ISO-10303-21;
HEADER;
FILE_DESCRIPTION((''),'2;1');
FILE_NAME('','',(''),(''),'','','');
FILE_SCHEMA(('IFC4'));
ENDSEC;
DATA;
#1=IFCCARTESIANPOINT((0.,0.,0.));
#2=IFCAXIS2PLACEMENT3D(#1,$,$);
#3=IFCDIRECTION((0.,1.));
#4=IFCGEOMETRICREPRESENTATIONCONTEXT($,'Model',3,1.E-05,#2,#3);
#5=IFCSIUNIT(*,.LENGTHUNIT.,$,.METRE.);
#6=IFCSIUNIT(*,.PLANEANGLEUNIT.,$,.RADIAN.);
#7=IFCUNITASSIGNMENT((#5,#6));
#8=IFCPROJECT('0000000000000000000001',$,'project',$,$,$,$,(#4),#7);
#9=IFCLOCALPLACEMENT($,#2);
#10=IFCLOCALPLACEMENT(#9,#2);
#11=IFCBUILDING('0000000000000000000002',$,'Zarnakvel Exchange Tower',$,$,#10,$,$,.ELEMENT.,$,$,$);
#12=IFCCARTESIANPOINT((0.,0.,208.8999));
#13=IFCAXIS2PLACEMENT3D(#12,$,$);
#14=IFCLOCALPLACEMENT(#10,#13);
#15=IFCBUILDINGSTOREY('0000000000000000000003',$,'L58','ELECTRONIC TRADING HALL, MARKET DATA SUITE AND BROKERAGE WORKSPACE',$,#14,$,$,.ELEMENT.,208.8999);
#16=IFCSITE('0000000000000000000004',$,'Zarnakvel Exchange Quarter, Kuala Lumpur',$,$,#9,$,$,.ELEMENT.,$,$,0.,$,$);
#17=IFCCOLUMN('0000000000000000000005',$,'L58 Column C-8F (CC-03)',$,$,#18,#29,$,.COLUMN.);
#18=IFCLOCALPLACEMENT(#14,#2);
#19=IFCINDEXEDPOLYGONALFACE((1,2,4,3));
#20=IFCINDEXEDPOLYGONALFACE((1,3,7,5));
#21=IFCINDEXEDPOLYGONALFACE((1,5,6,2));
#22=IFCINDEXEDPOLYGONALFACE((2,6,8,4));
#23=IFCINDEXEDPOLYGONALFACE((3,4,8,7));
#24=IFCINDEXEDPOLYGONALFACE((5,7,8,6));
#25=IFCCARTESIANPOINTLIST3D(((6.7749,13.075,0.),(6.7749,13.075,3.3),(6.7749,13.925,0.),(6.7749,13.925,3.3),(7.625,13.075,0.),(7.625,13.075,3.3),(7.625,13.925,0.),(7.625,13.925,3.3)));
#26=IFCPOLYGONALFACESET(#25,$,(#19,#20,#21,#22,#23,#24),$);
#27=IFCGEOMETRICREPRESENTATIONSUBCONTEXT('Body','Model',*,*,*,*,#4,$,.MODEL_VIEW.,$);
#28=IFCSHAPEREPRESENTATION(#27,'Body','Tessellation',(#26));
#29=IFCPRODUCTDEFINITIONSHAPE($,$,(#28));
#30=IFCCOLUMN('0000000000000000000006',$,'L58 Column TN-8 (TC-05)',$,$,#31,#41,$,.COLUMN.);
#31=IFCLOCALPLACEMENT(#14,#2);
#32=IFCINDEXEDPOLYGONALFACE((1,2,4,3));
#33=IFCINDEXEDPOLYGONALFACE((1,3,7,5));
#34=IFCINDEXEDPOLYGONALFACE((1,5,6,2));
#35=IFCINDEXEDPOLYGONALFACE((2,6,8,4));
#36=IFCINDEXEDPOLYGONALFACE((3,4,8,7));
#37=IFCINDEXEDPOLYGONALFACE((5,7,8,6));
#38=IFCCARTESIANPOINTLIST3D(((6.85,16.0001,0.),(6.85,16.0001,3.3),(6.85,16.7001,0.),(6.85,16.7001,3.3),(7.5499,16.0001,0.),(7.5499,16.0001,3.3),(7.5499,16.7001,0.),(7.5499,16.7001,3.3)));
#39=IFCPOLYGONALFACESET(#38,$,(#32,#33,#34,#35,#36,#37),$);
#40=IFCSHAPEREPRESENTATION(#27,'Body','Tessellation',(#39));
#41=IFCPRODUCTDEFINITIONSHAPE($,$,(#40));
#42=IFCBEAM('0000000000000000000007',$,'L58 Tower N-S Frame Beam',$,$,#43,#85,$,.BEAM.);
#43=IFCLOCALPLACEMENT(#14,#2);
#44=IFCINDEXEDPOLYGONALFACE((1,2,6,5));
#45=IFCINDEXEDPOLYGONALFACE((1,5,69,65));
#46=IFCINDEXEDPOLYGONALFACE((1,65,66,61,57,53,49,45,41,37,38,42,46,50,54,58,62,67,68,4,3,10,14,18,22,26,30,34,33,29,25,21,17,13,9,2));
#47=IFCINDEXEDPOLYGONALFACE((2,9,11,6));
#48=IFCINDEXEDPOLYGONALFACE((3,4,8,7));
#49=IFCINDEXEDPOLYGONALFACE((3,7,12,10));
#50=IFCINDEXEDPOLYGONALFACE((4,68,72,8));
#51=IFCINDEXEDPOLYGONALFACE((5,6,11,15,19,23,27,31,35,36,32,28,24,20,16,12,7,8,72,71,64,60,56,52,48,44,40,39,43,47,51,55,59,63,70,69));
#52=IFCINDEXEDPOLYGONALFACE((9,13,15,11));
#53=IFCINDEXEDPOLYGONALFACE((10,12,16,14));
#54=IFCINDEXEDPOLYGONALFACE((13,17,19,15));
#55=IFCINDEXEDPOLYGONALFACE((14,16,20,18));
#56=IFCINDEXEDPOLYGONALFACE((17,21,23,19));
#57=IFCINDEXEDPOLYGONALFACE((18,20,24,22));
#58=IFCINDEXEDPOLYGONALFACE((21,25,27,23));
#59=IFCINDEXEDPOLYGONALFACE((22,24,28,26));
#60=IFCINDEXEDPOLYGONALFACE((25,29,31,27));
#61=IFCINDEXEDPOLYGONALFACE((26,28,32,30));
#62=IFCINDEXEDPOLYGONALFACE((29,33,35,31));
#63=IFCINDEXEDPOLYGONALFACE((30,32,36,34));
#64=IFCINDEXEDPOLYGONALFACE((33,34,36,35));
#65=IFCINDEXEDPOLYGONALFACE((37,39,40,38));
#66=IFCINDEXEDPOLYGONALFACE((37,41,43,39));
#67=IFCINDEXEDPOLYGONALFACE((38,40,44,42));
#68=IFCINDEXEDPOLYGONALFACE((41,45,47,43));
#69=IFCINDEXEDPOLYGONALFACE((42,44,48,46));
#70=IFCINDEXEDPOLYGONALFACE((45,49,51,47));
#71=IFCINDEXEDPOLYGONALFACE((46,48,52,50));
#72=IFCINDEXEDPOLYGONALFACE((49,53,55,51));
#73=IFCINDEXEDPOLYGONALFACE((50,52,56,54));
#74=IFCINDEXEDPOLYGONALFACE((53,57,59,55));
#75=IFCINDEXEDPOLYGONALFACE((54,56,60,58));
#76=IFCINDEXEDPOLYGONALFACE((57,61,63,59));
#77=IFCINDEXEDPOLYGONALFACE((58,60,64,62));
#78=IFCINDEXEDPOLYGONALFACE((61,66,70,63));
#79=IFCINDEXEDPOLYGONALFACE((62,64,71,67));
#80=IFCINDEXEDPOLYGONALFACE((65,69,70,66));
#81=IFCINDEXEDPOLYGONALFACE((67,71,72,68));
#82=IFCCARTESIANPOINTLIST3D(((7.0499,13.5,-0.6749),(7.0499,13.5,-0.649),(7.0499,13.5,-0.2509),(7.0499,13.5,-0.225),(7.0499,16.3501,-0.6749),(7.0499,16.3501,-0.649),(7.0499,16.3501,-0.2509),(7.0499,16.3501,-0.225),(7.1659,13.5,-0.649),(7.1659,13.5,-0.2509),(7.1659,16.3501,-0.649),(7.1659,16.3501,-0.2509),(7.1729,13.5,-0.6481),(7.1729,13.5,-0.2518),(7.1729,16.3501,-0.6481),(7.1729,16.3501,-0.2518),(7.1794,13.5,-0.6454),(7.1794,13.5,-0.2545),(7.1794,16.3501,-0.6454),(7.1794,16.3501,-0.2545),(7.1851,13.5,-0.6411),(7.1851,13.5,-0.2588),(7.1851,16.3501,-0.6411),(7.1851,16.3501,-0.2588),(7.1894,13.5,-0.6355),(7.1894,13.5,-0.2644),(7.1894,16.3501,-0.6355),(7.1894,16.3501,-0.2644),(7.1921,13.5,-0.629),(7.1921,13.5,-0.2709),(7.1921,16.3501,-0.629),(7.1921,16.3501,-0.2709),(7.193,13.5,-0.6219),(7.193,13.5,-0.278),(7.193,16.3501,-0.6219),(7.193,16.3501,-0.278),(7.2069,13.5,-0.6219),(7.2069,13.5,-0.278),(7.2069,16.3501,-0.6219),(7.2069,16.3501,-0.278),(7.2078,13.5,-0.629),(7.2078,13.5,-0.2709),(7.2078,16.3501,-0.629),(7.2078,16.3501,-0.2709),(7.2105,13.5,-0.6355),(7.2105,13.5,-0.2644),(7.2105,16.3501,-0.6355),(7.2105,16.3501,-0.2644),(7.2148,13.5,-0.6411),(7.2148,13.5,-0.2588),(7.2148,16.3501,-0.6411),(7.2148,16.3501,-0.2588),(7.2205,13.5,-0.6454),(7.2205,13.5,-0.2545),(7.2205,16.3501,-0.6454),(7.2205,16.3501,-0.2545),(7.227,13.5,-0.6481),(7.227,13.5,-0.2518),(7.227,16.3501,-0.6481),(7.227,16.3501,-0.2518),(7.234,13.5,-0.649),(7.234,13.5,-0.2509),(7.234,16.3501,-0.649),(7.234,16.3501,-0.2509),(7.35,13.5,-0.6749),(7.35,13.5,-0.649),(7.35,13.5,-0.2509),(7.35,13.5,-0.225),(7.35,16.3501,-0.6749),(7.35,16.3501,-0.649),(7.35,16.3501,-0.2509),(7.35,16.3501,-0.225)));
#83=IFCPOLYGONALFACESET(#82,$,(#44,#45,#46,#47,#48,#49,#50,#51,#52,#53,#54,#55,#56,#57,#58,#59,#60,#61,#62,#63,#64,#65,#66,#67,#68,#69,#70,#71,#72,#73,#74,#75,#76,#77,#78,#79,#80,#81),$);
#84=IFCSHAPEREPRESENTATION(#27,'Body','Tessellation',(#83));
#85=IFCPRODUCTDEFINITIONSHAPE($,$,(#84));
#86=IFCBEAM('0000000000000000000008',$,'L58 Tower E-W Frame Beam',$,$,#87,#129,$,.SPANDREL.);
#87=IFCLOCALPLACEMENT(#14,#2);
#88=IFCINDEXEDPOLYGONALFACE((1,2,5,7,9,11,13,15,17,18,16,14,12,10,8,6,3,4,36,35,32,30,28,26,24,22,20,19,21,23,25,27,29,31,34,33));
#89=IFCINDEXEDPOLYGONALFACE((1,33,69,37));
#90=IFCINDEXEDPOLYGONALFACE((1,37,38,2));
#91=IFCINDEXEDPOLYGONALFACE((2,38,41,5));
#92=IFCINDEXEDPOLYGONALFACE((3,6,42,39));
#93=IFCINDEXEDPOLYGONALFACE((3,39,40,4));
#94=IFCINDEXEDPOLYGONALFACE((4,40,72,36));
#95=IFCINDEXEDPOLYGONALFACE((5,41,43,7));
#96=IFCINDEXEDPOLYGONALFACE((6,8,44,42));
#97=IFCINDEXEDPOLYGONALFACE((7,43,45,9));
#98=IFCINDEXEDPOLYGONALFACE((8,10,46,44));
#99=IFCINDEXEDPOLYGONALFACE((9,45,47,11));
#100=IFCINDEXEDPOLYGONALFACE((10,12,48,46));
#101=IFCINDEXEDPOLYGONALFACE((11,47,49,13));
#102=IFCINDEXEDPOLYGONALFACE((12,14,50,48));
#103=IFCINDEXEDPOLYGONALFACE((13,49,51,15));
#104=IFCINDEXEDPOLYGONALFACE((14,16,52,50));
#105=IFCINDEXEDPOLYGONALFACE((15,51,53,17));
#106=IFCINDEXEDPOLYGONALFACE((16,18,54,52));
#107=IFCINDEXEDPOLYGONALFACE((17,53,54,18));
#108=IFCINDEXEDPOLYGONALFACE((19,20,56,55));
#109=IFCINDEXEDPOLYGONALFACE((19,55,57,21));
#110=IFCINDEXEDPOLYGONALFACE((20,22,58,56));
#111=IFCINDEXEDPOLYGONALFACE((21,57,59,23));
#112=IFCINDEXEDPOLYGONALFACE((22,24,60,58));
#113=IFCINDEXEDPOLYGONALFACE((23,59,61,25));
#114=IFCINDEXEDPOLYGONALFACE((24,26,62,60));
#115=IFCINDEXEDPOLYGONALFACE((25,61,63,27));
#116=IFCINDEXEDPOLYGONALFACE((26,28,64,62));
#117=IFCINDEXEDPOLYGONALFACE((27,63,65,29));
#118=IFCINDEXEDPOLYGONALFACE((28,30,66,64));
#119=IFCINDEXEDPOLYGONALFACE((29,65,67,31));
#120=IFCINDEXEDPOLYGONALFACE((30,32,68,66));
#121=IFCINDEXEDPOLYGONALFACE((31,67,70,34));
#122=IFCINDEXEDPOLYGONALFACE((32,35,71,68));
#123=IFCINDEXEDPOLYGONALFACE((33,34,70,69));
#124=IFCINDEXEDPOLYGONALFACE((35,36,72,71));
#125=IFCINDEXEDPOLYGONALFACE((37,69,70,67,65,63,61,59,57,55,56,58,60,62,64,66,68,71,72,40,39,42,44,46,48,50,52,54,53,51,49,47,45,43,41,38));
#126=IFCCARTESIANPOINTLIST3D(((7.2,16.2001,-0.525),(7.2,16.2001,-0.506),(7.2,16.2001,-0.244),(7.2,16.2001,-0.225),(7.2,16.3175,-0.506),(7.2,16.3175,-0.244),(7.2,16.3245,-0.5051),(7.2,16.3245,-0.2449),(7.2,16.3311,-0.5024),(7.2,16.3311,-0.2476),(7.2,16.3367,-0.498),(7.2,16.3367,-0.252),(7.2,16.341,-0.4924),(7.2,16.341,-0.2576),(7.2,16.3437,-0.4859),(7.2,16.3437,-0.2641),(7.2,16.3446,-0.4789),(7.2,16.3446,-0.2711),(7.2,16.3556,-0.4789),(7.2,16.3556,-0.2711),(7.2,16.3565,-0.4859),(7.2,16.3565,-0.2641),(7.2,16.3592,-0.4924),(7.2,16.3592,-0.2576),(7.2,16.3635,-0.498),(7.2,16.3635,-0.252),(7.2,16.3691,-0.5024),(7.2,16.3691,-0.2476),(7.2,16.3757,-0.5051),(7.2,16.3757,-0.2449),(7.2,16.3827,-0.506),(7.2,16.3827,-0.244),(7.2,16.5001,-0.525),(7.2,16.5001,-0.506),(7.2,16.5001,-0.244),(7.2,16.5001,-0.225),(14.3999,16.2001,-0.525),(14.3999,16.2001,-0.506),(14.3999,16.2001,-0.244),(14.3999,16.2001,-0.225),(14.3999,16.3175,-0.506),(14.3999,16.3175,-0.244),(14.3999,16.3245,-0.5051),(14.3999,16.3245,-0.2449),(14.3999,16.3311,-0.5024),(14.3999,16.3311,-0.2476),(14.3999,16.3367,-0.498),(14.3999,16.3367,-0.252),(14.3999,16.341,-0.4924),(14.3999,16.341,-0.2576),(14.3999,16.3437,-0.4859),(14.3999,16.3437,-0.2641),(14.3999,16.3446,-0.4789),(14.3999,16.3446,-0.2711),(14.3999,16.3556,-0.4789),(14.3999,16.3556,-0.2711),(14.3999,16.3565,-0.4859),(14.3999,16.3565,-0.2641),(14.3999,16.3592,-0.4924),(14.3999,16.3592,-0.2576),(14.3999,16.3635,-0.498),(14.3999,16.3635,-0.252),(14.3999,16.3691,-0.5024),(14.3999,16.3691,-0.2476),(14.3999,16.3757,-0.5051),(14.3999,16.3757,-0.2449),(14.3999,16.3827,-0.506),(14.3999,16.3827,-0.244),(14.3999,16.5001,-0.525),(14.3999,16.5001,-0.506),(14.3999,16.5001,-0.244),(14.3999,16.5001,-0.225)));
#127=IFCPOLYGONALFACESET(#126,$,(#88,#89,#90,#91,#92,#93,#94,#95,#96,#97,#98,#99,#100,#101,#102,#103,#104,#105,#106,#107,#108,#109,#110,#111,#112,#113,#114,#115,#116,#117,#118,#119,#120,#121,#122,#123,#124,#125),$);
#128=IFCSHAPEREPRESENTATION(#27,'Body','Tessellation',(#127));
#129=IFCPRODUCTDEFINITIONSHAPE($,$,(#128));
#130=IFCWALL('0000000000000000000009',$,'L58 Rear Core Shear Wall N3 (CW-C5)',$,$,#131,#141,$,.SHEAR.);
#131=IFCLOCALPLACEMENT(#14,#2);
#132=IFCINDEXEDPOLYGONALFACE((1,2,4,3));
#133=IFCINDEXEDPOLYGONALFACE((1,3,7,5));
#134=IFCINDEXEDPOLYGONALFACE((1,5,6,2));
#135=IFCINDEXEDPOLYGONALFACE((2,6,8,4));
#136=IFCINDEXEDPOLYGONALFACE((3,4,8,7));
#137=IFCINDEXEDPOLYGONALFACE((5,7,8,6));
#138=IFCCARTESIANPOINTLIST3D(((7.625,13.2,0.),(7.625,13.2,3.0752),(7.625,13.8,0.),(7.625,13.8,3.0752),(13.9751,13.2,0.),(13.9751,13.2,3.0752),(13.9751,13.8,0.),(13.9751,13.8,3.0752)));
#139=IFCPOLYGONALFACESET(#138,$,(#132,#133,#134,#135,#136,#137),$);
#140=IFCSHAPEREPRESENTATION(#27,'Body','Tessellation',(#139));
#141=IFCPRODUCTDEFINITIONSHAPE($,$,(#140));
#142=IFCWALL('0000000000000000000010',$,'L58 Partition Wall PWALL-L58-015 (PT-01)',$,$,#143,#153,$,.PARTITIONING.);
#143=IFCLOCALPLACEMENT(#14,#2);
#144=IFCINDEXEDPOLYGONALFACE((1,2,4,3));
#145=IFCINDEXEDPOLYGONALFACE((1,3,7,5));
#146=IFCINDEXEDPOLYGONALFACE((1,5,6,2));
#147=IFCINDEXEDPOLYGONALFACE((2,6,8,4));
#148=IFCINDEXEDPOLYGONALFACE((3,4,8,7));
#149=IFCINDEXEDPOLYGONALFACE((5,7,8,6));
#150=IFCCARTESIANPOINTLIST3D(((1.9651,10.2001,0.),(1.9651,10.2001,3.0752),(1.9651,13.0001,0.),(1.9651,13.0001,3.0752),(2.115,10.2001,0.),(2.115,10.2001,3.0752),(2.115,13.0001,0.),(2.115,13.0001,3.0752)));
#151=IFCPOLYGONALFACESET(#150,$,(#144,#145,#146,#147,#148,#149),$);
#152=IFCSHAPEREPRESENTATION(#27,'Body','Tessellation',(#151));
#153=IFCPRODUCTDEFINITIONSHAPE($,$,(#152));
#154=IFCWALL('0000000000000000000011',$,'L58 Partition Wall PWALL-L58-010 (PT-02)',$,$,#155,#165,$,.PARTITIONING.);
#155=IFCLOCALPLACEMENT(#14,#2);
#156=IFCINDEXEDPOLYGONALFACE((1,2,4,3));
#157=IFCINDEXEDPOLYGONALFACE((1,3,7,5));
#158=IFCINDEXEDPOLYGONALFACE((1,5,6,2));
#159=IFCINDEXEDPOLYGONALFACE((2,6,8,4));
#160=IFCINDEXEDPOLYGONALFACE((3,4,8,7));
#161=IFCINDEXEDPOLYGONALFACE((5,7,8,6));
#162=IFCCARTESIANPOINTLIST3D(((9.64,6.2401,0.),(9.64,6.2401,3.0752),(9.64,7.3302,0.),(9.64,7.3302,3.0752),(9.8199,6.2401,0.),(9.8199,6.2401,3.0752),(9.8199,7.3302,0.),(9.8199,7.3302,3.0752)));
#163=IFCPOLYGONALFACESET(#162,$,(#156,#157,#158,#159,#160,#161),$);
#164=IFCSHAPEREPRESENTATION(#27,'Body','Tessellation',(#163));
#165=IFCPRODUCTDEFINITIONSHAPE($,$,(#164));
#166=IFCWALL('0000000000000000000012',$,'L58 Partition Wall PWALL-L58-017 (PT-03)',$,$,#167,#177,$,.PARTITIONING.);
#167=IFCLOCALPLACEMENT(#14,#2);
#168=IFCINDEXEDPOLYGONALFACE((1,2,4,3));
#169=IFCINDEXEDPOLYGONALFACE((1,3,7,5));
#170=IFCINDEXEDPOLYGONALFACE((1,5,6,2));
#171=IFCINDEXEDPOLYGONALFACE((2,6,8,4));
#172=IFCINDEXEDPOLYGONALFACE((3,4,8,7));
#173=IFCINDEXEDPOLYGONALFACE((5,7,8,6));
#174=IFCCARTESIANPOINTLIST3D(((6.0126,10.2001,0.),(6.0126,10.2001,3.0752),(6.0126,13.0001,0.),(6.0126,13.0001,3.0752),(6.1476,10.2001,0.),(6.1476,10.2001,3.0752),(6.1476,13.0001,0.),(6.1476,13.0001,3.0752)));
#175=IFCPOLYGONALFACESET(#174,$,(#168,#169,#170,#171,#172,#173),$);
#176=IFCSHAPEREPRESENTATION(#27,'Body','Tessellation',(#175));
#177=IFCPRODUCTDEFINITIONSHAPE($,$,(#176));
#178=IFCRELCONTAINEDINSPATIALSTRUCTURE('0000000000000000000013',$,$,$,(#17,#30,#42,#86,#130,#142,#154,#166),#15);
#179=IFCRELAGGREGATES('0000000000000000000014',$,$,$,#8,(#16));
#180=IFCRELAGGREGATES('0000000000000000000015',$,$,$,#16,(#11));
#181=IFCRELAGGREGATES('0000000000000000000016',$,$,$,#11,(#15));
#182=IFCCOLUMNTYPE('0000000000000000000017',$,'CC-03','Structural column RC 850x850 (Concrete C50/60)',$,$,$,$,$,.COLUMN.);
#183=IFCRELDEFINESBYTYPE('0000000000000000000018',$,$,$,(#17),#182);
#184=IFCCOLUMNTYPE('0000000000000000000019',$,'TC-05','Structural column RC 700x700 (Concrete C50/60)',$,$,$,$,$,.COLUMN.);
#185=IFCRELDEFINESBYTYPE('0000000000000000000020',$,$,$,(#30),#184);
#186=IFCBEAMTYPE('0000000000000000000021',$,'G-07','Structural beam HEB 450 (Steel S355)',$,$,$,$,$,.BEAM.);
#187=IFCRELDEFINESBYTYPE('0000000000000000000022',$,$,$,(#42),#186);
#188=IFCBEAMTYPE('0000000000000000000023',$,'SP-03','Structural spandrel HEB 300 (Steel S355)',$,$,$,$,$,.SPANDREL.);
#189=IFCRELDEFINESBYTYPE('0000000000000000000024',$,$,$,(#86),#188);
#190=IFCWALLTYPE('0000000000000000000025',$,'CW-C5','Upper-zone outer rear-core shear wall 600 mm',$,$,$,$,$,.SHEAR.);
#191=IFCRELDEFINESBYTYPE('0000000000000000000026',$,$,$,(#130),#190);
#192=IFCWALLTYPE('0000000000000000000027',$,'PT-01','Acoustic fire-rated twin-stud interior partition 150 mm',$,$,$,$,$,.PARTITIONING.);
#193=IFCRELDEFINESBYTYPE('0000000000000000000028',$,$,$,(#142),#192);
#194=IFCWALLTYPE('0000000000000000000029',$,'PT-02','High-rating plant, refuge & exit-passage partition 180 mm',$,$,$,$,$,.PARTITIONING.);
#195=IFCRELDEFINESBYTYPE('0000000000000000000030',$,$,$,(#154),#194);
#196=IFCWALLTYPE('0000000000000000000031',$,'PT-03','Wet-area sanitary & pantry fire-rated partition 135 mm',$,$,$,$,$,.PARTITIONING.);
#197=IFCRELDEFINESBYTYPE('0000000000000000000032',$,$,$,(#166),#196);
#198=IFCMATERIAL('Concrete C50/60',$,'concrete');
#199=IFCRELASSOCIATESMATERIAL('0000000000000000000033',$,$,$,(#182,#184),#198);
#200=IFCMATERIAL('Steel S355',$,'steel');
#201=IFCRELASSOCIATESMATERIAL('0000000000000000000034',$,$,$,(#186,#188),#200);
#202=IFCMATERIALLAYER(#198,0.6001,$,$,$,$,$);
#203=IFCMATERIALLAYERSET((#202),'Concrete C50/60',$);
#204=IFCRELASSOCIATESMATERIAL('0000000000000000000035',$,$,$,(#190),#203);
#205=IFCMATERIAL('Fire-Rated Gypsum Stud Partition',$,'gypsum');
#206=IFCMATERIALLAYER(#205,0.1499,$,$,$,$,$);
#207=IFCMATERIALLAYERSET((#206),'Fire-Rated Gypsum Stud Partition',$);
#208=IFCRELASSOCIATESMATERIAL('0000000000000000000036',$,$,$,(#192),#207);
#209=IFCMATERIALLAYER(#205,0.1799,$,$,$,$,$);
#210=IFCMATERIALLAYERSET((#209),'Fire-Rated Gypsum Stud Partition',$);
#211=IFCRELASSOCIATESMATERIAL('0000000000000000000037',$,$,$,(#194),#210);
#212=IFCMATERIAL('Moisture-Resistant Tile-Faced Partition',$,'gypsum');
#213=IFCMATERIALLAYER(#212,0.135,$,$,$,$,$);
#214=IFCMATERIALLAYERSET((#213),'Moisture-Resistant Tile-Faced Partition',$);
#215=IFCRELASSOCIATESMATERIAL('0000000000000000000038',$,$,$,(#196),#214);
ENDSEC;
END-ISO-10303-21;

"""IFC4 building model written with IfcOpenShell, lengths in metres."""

from ifc_helpers import new_model, si_unit, direction, frame, frame_2d, origin, origin_2d, place, context, subcontext, project, spatial, rectangle, i_section, extrude, material, layer, layer_set, material_profile, profile_set, type_object, element, save


model = new_model("IFC4")

# Units and contexts
model_context = context("Model", 3, precision=1e-05, world=origin(), true_north=direction((0.0, 1.0)))
body_context = subcontext(model_context, "Body", "Model", "MODEL_VIEW")
ifc_project = project(units=[si_unit("LENGTHUNIT", "METRE"), si_unit("PLANEANGLEUNIT", "RADIAN")], contexts=[model_context])

# Site, building, storey
site_placement = place(None, origin())
site = spatial("IfcSite", under=ifc_project, at=site_placement, Name="Zarnakvel Exchange Quarter, Kuala Lumpur", CompositionType="ELEMENT", RefElevation=0.0)
building_placement = place(site_placement, origin())
building = spatial("IfcBuilding", under=site, at=building_placement, Name="Zarnakvel Exchange Tower", CompositionType="ELEMENT")
storey_placement = place(building_placement, frame((0.0, 0.0, 208.8999)))
storey = spatial("IfcBuildingStorey", under=building, at=storey_placement, Name="L58", Description="ELECTRONIC TRADING HALL, MARKET DATA SUITE AND BROKERAGE WORKSPACE", CompositionType="ELEMENT", Elevation=208.8999)

# Columns
ifc_material_1 = material(Name="Concrete C50/60", Category="concrete")
ifc_material_profile_1 = material_profile(ifc_material_1, rectangle(XDim=0.8501, YDim=0.8501, at=origin_2d()))
ifc_profile_set_1 = profile_set([ifc_material_profile_1], Name="Concrete C50/60")
column_type_1 = type_object("IfcColumnType", Name="CC-03", Description="Structural column RC 850x850 (Concrete C50/60)", PredefinedType="COLUMN", material=ifc_profile_set_1)
column_1_placement = place(storey_placement, frame((7.2, 13.5, 0.0), z_axis=(0.0, 0.0, 1.0), x_axis=(1.0, 0.0, 0.0)))
element("IfcColumn", 1, at=column_1_placement, inside=storey, type_object=column_type_1, Name="L58 Column C-8F (CC-03)", PredefinedType="COLUMN", context=body_context, shape_type="SweptSolid", body=[
    extrude(rectangle(XDim=0.8501, YDim=0.8501, at=origin_2d()), origin(), (0.0, 0.0, 1.0), 3.3),
])
ifc_material_profile_2 = material_profile(ifc_material_1, rectangle(XDim=0.7, YDim=0.7, at=origin_2d()))
ifc_profile_set_2 = profile_set([ifc_material_profile_2], Name="Concrete C50/60")
column_type_2 = type_object("IfcColumnType", Name="TC-05", Description="Structural column RC 700x700 (Concrete C50/60)", PredefinedType="COLUMN", material=ifc_profile_set_2)
column_2_placement = place(storey_placement, frame((7.2, 16.3501, 0.0), z_axis=(0.0, 0.0, 1.0), x_axis=(1.0, 0.0, 0.0)))
element("IfcColumn", 2, at=column_2_placement, inside=storey, type_object=column_type_2, Name="L58 Column TN-8 (TC-05)", PredefinedType="COLUMN", context=body_context, shape_type="SweptSolid", body=[
    extrude(rectangle(XDim=0.7, YDim=0.7, at=origin_2d()), origin(), (0.0, 0.0, 1.0), 3.3),
])

# Beams
ifc_material_2 = material(Name="Steel S355", Category="steel")
ifc_material_profile_3 = material_profile(ifc_material_2, i_section(OverallWidth=0.3, OverallDepth=0.45, WebThickness=0.0139, FlangeThickness=0.0259, FilletRadius=0.0271, at=origin_2d()))
ifc_profile_set_3 = profile_set([ifc_material_profile_3], Name="Steel S355")
beam_type_1 = type_object("IfcBeamType", Name="G-07", Description="Structural beam HEB 450 (Steel S355)", PredefinedType="BEAM", material=ifc_profile_set_3)
beam_1_placement = place(storey_placement, frame((7.2, 13.5, -0.45), z_axis=(0.0, 1.0, 0.0), x_axis=(-1.0, 0.0, 0.0)))
element("IfcBeam", 3, at=beam_1_placement, inside=storey, type_object=beam_type_1, Name="L58 Tower N-S Frame Beam", PredefinedType="BEAM", context=body_context, shape_type="SweptSolid", body=[
    extrude(i_section(OverallWidth=0.3, OverallDepth=0.45, WebThickness=0.0139, FlangeThickness=0.0259, FilletRadius=0.0271, at=origin_2d()), origin(), (0.0, 0.0, 1.0), 2.8501),
])
ifc_material_profile_4 = material_profile(ifc_material_2, i_section(OverallWidth=0.3, OverallDepth=0.3, WebThickness=0.011, FlangeThickness=0.019, FilletRadius=0.0271, at=origin_2d()))
ifc_profile_set_4 = profile_set([ifc_material_profile_4], Name="Steel S355")
beam_type_2 = type_object("IfcBeamType", Name="SP-03", Description="Structural spandrel HEB 300 (Steel S355)", PredefinedType="SPANDREL", material=ifc_profile_set_4)
beam_2_placement = place(storey_placement, frame((7.2, 16.3501, -0.375), z_axis=(1.0, 0.0, 0.0), x_axis=(0.0, 1.0, 0.0)))
element("IfcBeam", 4, at=beam_2_placement, inside=storey, type_object=beam_type_2, Name="L58 Tower E-W Frame Beam", PredefinedType="SPANDREL", context=body_context, shape_type="SweptSolid", body=[
    extrude(i_section(OverallWidth=0.3, OverallDepth=0.3, WebThickness=0.011, FlangeThickness=0.019, FilletRadius=0.0271, at=origin_2d()), origin(), (0.0, 0.0, 1.0), 7.2),
])

# Wall
ifc_layer_1 = layer(ifc_material_1, 0.6001)
ifc_layer_set_1 = layer_set([ifc_layer_1], Name="Concrete C50/60")
wall_type_1 = type_object("IfcWallType", Name="CW-C5", Description="Upper-zone outer rear-core shear wall 600 mm", PredefinedType="SHEAR", material=ifc_layer_set_1)
wall_1_placement = place(storey_placement, frame((7.625, 13.5, 0.0), z_axis=(0.0, 0.0, 1.0), x_axis=(1.0, 0.0, 0.0)))
element("IfcWall", 5, at=wall_1_placement, inside=storey, type_object=wall_type_1, Name="L58 Rear Core Shear Wall N3 (CW-C5)", PredefinedType="SHEAR", context=body_context, shape_type="SweptSolid", body=[
    extrude(rectangle(XDim=6.3501, YDim=0.6001, at=frame_2d((3.175, 0.0))), origin(), (0.0, 0.0, 1.0), 3.0752),
])

# Shared definitions
ifc_material_3 = material(Name="Fire-Rated Gypsum Stud Partition", Category="gypsum")
ifc_layer_2 = layer(ifc_material_3, 0.1499)
ifc_layer_set_2 = layer_set([ifc_layer_2], Name="Fire-Rated Gypsum Stud Partition")
wall_type_2 = type_object("IfcWallType", Name="PT-01", Description="Acoustic fire-rated twin-stud interior partition 150 mm", PredefinedType="PARTITIONING", material=ifc_layer_set_2)

# Walls
wall_2_placement = place(storey_placement, frame((2.04, 13.0, 0.0), z_axis=(0.0, 0.0, 1.0), x_axis=(0.0, -1.0, 0.0)))
element("IfcWall", 6, at=wall_2_placement, inside=storey, type_object=wall_type_2, Name="L58 Partition Wall PWALL-L58-015 (PT-01)", PredefinedType="PARTITIONING", context=body_context, shape_type="SweptSolid", body=[
    extrude(rectangle(XDim=2.8, YDim=0.1499, at=frame_2d((1.3999, 0.0))), origin(), (0.0, 0.0, 1.0), 3.0752),
])
ifc_layer_3 = layer(ifc_material_3, 0.1799)
ifc_layer_set_3 = layer_set([ifc_layer_3], Name="Fire-Rated Gypsum Stud Partition")
wall_type_3 = type_object("IfcWallType", Name="PT-02", Description="High-rating plant, refuge & exit-passage partition 180 mm", PredefinedType="PARTITIONING", material=ifc_layer_set_3)
wall_3_placement = place(storey_placement, frame((9.73, 7.3301, 0.0), z_axis=(0.0, 0.0, 1.0), x_axis=(0.0, -1.0, 0.0)))
element("IfcWall", 7, at=wall_3_placement, inside=storey, type_object=wall_type_3, Name="L58 Partition Wall PWALL-L58-010 (PT-02)", PredefinedType="PARTITIONING", context=body_context, shape_type="SweptSolid", body=[
    extrude(rectangle(XDim=1.0901, YDim=0.1799, at=frame_2d((0.5449, 0.0))), origin(), (0.0, 0.0, 1.0), 3.0752),
])

# Shared definitions
ifc_material_4 = material(Name="Moisture-Resistant Tile-Faced Partition", Category="gypsum")
ifc_layer_4 = layer(ifc_material_4, 0.135)
ifc_layer_set_4 = layer_set([ifc_layer_4], Name="Moisture-Resistant Tile-Faced Partition")
wall_type_4 = type_object("IfcWallType", Name="PT-03", Description="Wet-area sanitary & pantry fire-rated partition 135 mm", PredefinedType="PARTITIONING", material=ifc_layer_set_4)

# Wall
wall_4_placement = place(storey_placement, frame((6.0801, 13.0, 0.0), z_axis=(0.0, 0.0, 1.0), x_axis=(0.0, -1.0, 0.0)))
element("IfcWall", 8, at=wall_4_placement, inside=storey, type_object=wall_type_4, Name="L58 Partition Wall PWALL-L58-017 (PT-03)", PredefinedType="PARTITIONING", context=body_context, shape_type="SweptSolid", body=[
    extrude(rectangle(XDim=2.8, YDim=0.135, at=frame_2d((1.3999, 0.0))), origin(), (0.0, 0.0, 1.0), 3.0752),
])

save(model, "model.ifc")
